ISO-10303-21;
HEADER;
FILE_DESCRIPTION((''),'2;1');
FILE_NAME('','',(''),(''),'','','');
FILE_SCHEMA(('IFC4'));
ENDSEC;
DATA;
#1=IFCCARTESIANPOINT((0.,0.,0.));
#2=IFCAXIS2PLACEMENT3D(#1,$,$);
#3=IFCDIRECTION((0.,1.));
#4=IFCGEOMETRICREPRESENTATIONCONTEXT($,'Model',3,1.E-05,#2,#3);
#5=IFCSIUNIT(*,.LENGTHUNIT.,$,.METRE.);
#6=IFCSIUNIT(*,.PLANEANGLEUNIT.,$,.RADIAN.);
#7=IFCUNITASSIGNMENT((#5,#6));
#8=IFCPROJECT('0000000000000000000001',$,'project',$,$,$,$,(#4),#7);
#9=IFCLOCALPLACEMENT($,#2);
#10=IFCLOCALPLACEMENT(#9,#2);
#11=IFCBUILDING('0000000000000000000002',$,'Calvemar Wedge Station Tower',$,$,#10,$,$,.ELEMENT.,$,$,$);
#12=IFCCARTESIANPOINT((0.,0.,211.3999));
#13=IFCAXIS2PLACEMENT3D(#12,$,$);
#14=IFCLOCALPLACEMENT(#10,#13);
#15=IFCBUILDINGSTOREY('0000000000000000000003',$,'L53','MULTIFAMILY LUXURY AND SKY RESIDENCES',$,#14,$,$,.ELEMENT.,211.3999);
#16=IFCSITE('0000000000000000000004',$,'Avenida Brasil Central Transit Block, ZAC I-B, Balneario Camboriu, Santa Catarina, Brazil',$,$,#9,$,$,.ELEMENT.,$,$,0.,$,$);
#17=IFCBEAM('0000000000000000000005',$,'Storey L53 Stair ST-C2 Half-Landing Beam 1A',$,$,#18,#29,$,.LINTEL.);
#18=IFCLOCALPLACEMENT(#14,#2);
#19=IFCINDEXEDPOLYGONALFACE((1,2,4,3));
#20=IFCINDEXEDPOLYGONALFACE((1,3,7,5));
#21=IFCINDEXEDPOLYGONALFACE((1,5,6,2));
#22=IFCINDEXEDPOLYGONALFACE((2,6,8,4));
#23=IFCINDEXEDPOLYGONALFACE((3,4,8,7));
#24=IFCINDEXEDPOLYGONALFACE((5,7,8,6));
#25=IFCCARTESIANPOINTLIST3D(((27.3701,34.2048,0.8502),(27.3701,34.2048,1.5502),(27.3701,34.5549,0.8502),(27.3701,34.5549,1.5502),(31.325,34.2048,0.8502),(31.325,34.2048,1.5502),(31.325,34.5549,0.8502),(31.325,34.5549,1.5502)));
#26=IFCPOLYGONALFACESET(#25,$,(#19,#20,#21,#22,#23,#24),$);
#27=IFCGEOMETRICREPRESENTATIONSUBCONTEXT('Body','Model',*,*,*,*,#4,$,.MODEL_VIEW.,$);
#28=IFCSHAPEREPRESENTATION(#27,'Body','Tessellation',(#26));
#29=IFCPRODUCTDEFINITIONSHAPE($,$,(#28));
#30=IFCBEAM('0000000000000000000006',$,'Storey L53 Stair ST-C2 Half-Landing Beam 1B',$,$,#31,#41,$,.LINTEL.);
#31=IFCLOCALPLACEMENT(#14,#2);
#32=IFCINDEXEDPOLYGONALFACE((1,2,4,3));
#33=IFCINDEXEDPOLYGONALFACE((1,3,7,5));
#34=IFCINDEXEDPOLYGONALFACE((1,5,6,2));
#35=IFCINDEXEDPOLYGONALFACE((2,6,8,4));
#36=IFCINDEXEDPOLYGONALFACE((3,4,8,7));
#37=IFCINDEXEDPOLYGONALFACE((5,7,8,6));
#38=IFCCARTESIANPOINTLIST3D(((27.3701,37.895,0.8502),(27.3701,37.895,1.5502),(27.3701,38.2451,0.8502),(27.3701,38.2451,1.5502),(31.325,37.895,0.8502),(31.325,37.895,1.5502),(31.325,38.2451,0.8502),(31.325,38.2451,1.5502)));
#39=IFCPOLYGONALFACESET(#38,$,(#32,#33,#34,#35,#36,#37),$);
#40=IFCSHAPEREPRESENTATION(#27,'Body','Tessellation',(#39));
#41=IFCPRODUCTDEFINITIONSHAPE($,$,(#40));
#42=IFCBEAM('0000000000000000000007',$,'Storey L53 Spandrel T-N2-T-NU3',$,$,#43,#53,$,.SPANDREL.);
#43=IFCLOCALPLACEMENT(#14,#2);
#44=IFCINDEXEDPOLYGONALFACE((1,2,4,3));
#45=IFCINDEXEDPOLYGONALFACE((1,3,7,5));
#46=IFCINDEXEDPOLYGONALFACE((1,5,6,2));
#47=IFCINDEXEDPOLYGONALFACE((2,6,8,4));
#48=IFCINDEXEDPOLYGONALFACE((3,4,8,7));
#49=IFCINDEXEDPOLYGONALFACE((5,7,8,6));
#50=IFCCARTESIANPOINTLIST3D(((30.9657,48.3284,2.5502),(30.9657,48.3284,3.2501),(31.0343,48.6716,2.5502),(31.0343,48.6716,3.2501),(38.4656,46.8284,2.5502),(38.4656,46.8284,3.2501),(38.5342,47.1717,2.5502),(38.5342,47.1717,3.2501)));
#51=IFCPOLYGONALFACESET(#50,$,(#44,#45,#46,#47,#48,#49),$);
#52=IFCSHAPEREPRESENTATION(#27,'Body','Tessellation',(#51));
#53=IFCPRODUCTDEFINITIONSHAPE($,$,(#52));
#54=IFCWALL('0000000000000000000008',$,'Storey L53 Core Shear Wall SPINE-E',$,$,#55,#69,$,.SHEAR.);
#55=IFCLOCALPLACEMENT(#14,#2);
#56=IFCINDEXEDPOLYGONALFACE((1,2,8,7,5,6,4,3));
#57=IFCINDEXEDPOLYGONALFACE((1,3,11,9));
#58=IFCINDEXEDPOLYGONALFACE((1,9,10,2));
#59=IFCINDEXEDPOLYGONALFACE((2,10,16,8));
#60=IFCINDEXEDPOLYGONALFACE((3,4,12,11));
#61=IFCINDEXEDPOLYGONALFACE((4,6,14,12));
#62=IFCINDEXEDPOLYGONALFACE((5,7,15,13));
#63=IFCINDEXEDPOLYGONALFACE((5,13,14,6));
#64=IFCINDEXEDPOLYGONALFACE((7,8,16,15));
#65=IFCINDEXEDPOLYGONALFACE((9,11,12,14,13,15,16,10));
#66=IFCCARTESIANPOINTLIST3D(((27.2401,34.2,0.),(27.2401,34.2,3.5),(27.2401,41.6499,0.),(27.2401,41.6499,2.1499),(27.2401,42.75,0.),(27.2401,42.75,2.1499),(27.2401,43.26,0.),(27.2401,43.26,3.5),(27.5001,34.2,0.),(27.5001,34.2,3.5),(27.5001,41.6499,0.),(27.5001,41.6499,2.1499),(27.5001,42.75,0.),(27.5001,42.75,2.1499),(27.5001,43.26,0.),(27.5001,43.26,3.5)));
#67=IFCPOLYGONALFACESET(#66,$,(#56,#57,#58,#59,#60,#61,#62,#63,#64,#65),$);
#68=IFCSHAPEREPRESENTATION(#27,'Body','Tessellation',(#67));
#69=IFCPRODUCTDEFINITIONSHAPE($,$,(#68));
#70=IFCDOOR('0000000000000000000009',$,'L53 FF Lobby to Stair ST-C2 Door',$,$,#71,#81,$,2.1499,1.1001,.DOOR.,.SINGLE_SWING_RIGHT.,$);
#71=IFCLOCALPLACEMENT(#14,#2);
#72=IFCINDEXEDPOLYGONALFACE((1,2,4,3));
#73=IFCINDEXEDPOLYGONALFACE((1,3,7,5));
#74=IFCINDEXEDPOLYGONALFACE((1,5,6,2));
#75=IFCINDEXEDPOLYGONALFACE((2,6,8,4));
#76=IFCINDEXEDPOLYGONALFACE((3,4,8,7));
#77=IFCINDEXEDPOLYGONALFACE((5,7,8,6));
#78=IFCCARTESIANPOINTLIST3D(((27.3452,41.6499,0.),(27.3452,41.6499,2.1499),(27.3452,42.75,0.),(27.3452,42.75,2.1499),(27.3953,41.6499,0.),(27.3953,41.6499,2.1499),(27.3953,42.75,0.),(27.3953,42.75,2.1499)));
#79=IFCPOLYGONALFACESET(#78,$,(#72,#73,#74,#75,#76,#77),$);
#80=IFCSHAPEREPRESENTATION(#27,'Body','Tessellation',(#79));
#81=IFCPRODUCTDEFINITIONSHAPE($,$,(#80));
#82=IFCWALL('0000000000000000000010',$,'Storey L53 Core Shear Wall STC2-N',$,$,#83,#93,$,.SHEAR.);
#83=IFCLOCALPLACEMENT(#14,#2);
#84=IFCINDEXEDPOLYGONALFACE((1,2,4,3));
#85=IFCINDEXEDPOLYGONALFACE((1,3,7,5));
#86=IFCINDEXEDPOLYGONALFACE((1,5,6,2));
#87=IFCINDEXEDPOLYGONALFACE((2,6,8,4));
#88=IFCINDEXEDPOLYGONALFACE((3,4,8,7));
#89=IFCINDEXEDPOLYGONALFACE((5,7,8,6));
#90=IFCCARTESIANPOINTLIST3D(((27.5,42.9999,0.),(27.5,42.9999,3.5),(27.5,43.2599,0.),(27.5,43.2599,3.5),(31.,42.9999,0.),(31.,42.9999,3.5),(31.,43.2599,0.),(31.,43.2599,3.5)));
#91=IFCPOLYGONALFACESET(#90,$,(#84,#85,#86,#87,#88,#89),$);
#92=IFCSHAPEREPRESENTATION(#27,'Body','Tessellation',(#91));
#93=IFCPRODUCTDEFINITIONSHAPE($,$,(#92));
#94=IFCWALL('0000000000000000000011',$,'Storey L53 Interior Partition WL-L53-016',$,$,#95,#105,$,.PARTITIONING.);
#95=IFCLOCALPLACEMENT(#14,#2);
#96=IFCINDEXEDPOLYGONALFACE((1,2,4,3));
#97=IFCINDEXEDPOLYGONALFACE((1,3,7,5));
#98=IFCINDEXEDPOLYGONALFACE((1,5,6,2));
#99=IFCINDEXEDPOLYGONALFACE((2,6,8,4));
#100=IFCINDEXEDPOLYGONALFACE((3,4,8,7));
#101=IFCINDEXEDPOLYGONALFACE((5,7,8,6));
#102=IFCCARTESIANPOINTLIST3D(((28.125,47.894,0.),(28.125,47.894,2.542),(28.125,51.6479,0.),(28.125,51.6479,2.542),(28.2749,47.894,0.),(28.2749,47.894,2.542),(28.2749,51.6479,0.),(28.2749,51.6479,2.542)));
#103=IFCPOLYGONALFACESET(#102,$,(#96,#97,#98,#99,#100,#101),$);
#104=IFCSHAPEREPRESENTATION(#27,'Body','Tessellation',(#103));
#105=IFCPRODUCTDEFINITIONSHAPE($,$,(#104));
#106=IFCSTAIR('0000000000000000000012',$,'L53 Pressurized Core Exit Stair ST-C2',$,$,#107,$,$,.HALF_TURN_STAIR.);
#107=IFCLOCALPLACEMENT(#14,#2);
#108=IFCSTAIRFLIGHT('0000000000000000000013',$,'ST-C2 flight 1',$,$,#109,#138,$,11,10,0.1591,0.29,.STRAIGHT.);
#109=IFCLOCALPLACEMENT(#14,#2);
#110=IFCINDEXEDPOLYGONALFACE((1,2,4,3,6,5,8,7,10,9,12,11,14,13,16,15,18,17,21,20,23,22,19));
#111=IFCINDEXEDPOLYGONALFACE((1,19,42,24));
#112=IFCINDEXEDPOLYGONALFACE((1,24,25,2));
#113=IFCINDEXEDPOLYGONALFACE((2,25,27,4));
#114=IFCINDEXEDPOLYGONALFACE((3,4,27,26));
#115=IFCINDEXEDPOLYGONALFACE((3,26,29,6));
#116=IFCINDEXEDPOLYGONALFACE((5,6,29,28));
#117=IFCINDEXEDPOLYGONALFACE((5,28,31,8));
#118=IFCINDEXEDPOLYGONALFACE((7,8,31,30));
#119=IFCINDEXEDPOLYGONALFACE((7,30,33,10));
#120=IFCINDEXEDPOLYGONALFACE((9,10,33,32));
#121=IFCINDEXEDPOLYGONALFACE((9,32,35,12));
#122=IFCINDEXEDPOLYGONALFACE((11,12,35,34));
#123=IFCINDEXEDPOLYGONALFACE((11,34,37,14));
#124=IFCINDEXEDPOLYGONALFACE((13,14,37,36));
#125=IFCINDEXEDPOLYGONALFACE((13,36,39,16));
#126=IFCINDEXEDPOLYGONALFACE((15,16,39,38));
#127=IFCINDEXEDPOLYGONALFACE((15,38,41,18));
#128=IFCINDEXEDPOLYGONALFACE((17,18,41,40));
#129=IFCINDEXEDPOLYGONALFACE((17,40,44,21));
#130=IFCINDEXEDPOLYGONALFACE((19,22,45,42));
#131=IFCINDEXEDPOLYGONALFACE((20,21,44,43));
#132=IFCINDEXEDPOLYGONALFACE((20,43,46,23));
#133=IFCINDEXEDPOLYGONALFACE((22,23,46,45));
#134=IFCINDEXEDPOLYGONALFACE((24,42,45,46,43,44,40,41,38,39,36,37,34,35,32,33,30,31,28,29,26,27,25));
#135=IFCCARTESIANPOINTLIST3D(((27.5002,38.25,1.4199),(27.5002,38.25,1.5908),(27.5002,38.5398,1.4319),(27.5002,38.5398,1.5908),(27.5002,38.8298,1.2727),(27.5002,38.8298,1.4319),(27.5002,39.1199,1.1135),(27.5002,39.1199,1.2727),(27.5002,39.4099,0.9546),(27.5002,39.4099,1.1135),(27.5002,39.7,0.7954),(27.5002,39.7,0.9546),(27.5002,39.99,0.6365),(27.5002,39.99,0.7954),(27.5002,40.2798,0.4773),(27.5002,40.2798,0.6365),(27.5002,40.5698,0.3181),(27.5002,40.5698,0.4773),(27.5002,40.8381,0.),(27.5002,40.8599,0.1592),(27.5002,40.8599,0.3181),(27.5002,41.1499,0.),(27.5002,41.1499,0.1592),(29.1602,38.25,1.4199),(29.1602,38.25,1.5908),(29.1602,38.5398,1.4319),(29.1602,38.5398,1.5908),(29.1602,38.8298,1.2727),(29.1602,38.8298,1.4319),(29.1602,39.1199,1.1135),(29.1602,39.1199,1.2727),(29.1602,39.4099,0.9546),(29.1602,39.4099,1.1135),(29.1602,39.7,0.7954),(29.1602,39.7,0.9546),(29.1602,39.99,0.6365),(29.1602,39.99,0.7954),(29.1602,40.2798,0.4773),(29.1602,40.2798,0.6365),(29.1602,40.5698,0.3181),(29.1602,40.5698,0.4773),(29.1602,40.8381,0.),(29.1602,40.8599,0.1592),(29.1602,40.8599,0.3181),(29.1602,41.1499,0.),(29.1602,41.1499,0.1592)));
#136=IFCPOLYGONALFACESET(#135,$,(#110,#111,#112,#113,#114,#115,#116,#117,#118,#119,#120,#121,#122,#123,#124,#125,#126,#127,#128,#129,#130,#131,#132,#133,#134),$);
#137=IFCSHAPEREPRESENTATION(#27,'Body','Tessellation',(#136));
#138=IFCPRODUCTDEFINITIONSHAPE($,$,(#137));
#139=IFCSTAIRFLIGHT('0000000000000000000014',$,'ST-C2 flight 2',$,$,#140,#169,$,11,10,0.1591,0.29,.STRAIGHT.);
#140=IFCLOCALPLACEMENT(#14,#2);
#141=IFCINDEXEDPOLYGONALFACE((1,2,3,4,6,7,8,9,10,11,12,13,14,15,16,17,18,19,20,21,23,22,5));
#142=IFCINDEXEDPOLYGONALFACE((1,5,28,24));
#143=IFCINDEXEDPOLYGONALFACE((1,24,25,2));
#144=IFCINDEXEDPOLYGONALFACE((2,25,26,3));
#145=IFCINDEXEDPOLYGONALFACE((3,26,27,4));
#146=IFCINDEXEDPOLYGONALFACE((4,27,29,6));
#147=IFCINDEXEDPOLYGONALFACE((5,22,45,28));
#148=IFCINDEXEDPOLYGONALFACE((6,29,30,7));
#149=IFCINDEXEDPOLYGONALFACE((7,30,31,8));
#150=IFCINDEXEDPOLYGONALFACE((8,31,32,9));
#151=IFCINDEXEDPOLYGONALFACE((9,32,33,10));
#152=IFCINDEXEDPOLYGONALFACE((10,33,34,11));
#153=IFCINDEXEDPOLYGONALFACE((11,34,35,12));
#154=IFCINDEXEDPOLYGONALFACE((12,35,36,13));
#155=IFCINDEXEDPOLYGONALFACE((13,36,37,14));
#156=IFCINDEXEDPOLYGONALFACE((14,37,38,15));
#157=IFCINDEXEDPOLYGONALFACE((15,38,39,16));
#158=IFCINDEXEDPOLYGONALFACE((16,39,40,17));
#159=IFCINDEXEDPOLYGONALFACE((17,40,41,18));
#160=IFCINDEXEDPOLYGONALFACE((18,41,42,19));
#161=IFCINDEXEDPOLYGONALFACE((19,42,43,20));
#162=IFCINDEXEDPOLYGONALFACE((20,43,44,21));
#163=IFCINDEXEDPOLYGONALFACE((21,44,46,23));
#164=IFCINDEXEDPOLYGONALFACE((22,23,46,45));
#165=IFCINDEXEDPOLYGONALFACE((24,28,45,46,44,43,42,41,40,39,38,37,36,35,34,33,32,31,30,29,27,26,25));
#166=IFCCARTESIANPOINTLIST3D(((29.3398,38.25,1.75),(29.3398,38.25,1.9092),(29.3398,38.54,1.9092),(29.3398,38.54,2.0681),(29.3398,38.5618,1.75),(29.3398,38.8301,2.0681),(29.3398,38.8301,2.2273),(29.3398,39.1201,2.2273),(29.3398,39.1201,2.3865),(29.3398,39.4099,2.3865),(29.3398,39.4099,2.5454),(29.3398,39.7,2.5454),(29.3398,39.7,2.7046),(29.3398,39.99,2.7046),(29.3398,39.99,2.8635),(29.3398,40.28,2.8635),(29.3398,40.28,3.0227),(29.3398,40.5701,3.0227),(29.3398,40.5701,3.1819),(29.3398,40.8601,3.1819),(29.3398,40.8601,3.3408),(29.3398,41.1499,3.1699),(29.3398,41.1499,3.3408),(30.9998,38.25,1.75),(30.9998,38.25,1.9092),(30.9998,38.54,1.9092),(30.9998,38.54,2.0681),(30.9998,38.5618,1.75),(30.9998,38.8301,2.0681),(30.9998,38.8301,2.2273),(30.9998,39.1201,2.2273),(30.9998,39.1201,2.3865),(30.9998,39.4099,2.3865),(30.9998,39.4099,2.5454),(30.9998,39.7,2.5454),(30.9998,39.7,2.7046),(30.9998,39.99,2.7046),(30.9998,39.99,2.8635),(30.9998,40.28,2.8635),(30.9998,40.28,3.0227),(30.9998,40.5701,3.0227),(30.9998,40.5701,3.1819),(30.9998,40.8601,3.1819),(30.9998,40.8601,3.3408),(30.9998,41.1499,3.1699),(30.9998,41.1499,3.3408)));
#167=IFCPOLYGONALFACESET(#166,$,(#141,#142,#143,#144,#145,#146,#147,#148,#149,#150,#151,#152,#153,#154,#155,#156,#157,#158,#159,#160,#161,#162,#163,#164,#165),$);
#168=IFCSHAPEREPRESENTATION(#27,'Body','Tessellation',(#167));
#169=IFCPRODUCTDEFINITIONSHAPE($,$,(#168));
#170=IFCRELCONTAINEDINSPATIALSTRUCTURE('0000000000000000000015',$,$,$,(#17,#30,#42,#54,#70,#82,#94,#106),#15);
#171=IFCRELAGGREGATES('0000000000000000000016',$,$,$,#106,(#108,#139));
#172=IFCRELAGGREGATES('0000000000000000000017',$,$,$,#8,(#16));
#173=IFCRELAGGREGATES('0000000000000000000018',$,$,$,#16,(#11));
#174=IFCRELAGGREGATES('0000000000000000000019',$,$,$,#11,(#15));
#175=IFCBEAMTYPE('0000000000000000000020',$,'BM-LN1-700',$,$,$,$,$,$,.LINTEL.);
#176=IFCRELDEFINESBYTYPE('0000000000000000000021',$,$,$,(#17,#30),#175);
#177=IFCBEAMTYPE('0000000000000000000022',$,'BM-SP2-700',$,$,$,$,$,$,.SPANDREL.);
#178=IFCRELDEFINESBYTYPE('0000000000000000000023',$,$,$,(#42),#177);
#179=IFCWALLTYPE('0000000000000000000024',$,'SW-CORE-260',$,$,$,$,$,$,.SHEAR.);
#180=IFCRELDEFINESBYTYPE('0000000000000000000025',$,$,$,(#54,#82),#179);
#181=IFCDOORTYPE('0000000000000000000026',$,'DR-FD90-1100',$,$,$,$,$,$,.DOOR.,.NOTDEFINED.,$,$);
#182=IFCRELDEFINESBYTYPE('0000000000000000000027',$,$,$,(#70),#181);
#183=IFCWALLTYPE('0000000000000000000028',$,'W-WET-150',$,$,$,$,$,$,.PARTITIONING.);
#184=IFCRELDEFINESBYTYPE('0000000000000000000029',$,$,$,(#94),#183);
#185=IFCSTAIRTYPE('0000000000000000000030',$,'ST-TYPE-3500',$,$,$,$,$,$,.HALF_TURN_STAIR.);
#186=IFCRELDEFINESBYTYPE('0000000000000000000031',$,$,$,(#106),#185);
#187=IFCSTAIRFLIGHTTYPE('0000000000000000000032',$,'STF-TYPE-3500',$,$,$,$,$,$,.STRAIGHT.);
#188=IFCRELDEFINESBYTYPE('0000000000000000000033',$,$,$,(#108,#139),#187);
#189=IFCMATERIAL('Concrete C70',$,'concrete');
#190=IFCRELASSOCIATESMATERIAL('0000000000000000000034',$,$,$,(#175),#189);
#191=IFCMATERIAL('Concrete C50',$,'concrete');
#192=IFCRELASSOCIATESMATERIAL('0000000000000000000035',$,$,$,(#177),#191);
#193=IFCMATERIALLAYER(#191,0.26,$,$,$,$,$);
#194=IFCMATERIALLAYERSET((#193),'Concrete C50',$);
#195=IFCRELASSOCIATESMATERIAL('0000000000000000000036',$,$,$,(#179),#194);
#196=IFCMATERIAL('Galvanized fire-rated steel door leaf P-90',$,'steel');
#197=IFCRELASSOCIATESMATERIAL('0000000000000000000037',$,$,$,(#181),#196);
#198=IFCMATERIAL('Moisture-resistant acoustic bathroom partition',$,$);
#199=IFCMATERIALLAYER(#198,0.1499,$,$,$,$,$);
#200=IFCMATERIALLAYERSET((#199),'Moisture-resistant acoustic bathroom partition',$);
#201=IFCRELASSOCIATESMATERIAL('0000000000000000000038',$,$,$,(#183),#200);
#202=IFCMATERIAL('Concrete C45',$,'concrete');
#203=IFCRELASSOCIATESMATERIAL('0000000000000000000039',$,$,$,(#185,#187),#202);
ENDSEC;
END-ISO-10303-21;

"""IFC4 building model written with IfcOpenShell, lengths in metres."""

from ifc_helpers import new_model, si_unit, direction, frame, frame_2d, origin, origin_2d, place, context, subcontext, project, spatial, polyline, rectangle, outline, extrude, source, transform, mapped, material, layer, layer_set, material_profile, profile_set, type_object, element, fill, aggregate, save


model = new_model("IFC4")

# Units and contexts
model_context = context("Model", 3, precision=1e-05, world=origin(), true_north=direction((0.0, 1.0)))
body_context = subcontext(model_context, "Body", "Model", "MODEL_VIEW")
ifc_project = project(units=[si_unit("LENGTHUNIT", "METRE"), si_unit("PLANEANGLEUNIT", "RADIAN")], contexts=[model_context])

# Site, building, storey
site_placement = place(None, origin())
site = spatial("IfcSite", under=ifc_project, at=site_placement, Name="Avenida Brasil Central Transit Block, ZAC I-B, Balneario Camboriu, Santa Catarina, Brazil", CompositionType="ELEMENT", RefElevation=0.0)
building_placement = place(site_placement, origin())
building = spatial("IfcBuilding", under=site, at=building_placement, Name="Calvemar Wedge Station Tower", CompositionType="ELEMENT")
storey_placement = place(building_placement, frame((0.0, 0.0, 211.3999)))
storey = spatial("IfcBuildingStorey", under=building, at=storey_placement, Name="L53", Description="MULTIFAMILY LUXURY AND SKY RESIDENCES", CompositionType="ELEMENT", Elevation=211.3999)

# Shared definitions
ifc_material_1 = material(Name="Concrete C50", Category="concrete")

# Beams
ifc_material_2 = material(Name="Concrete C70", Category="concrete")
ifc_material_profile_1 = material_profile(ifc_material_2, rectangle(XDim=0.3501, YDim=0.7, at=origin_2d()), Name="RC350x700")
ifc_profile_set_1 = profile_set([ifc_material_profile_1], Name="Concrete C70")
beam_type_1 = type_object("IfcBeamType", Name="BM-LN1-700", PredefinedType="LINTEL", material=ifc_profile_set_1)
shared_shape_1 = source(origin(), body_context, "Body", "SweptSolid", [
    extrude(rectangle(XDim=0.3501, YDim=0.7, at=origin_2d()), origin(), (0.0, 0.0, 1.0), 3.9548),
])
for number, where, z_axis, x_axis, name in (
    (1, (27.3701, 34.3799, 1.2002), (1.0, 0.0, 0.0), (0.0, 1.0, 0.0), "Storey L53 Stair ST-C2 Half-Landing Beam 1A"),
    (2, (27.3701, 38.0701, 1.2002), (1.0, 0.0, 0.0), (0.0, 1.0, 0.0), "Storey L53 Stair ST-C2 Half-Landing Beam 1B"),
):
    element("IfcBeam", number, at=place(storey_placement, frame(where, z_axis=z_axis, x_axis=x_axis)), inside=storey, type_object=beam_type_1, Name=name, PredefinedType="LINTEL", context=body_context, shape_type="MappedRepresentation", body=[
        mapped(shared_shape_1, transform((0.0, 0.0, 0.0), scale=1.0)),
    ])
ifc_material_profile_2 = material_profile(ifc_material_1, rectangle(XDim=0.3501, YDim=0.7, at=origin_2d()), Name="RC350x700")
ifc_profile_set_2 = profile_set([ifc_material_profile_2], Name="Concrete C50")
beam_type_2 = type_object("IfcBeamType", Name="BM-SP2-700", PredefinedType="SPANDREL", material=ifc_profile_set_2)
shared_shape_2 = source(origin(), body_context, "Body", "SweptSolid", [
    extrude(rectangle(XDim=0.3501, YDim=0.7, at=origin_2d()), origin(), (0.0, 0.0, 1.0), 7.6484),
])
beam_1_placement = place(storey_placement, frame((31.0, 48.5, 2.9001), z_axis=(0.980581, -0.196116, 0.0), x_axis=(0.196116, 0.980581, 0.0)))
element("IfcBeam", 3, at=beam_1_placement, inside=storey, type_object=beam_type_2, Name="Storey L53 Spandrel T-N2-T-NU3", PredefinedType="SPANDREL", context=body_context, shape_type="MappedRepresentation", body=[
    mapped(shared_shape_2, transform((0.0, 0.0, 0.0), scale=1.0)),
])

# Wall, opening, door
ifc_layer_1 = layer(ifc_material_1, 0.26)
ifc_layer_set_1 = layer_set([ifc_layer_1], Name="Concrete C50")
wall_type_1 = type_object("IfcWallType", Name="SW-CORE-260", PredefinedType="SHEAR", material=ifc_layer_set_1)
wall_1_placement = place(storey_placement, frame((27.3701, 34.2, 0.0), z_axis=(0.0, 0.0, 1.0), x_axis=(0.0, 1.0, 0.0)))
wall_1 = element("IfcWall", 4, at=wall_1_placement, inside=storey, type_object=wall_type_1, Name="Storey L53 Core Shear Wall SPINE-E", PredefinedType="SHEAR", context=body_context, shape_type="SweptSolid", body=[
    extrude(rectangle(XDim=9.0601, YDim=0.26, at=frame_2d((4.53, 0.0))), origin(), (0.0, 0.0, 1.0), 3.5),
])
shared_shape_3 = source(origin(), body_context, "Body", "SweptSolid", [
    extrude(rectangle(XDim=1.1001, YDim=2.1499, at=frame_2d((0.55, 1.075))), frame((0.0, 0.1401, 0.0), z_axis=(0.0, -1.0, 0.0), x_axis=(1.0, 0.0, 0.0)), (0.0, 0.0, 1.0), 0.28),
])
opening_1_placement = place(wall_1_placement, frame((7.45, 0.0, 0.0)))
opening_1 = element("IfcOpeningElement", 5, at=opening_1_placement, cuts=wall_1, PredefinedType="OPENING", context=body_context, shape_type="MappedRepresentation", body=[
    mapped(shared_shape_3, transform((0.0, 0.0, 0.0), scale=1.0)),
])
ifc_material_3 = material(Name="Galvanized fire-rated steel door leaf P-90", Category="steel")
door_type_1 = type_object("IfcDoorType", Name="DR-FD90-1100", OperationType="NOTDEFINED", PredefinedType="DOOR", material=ifc_material_3)
shared_shape_4 = source(origin(), body_context, "Body", "SweptSolid", [
    extrude(rectangle(XDim=1.1001, YDim=2.1499, at=frame_2d((0.55, 1.075))), frame((0.0, 0.0249, 0.0), z_axis=(0.0, -1.0, 0.0), x_axis=(1.0, 0.0, 0.0)), (0.0, 0.0, 1.0), 0.05),
])
door_1_placement = place(opening_1_placement, origin())
door_1 = element("IfcDoor", 6, at=door_1_placement, inside=storey, type_object=door_type_1, Name="L53 FF Lobby to Stair ST-C2 Door", OperationType="SINGLE_SWING_RIGHT", OverallHeight=2.1499, OverallWidth=1.1001, PredefinedType="DOOR", context=body_context, shape_type="MappedRepresentation", body=[
    mapped(shared_shape_4, transform((0.0, 0.0, 0.0), scale=1.0)),
])
fill(opening_1, door_1)

# Wall
wall_2_placement = place(storey_placement, frame((27.5, 43.1299, 0.0), z_axis=(0.0, 0.0, 1.0), x_axis=(1.0, 0.0, 0.0)))
element("IfcWall", 7, at=wall_2_placement, inside=storey, type_object=wall_type_1, Name="Storey L53 Core Shear Wall STC2-N", PredefinedType="SHEAR", context=body_context, shape_type="SweptSolid", body=[
    extrude(rectangle(XDim=3.5, YDim=0.26, at=frame_2d((1.75, 0.0))), origin(), (0.0, 0.0, 1.0), 3.5),
])

# Wall
ifc_material_4 = material(Name="Moisture-resistant acoustic bathroom partition")
ifc_layer_2 = layer(ifc_material_4, 0.1499)
ifc_layer_set_2 = layer_set([ifc_layer_2], Name="Moisture-resistant acoustic bathroom partition")
wall_type_2 = type_object("IfcWallType", Name="W-WET-150", PredefinedType="PARTITIONING", material=ifc_layer_set_2)
wall_3_placement = place(storey_placement, frame((28.2, 51.6479, 0.0), z_axis=(0.0, 0.0, 1.0), x_axis=(0.0, -1.0, 0.0)))
element("IfcWall", 8, at=wall_3_placement, inside=storey, type_object=wall_type_2, Name="Storey L53 Interior Partition WL-L53-016", PredefinedType="PARTITIONING", context=body_context, shape_type="SweptSolid", body=[
    extrude(rectangle(XDim=3.7539, YDim=0.1499, at=frame_2d((1.877, 0.0))), origin(), (0.0, 0.0, 1.0), 2.542),
])

# Stair, stair flights
ifc_material_5 = material(Name="Concrete C45", Category="concrete")
stair_type = type_object("IfcStairType", Name="ST-TYPE-3500", PredefinedType="HALF_TURN_STAIR", material=ifc_material_5)
stair_placement = place(storey_placement, origin())
stair = element("IfcStair", 9, at=stair_placement, inside=storey, type_object=stair_type, Name="L53 Pressurized Core Exit Stair ST-C2", PredefinedType="HALF_TURN_STAIR")
stair_flight_type = type_object("IfcStairFlightType", Name="STF-TYPE-3500", PredefinedType="STRAIGHT", material=ifc_material_5)
stair_flight_1_placement = place(storey_placement, frame((28.3301, 41.1499, 0.0), z_axis=(0.0, 0.0, 1.0), x_axis=(0.0, -1.0, 0.0)))
stair_flight_1 = element("IfcStairFlight", 10, at=stair_flight_1_placement, type_object=stair_flight_type, Name="ST-C2 flight 1", NumberOfRisers=11, NumberOfTreads=10, PredefinedType="STRAIGHT", RiserHeight=0.1591, TreadLength=0.29, context=body_context, shape_type="SweptSolid", body=[
    extrude(outline(polyline([(0.0, 0.0), (0.0, 0.1592), (0.29, 0.1592), (0.29, 0.3181), (0.5801, 0.3181), (0.5801, 0.4773), (0.8701, 0.4773), (0.8701, 0.6365), (1.1599, 0.6365), (1.1599, 0.7954), (1.45, 0.7954), (1.45, 0.9546), (1.74, 0.9546), (1.74, 1.1135), (2.03, 1.1135), (2.03, 1.2727), (2.3201, 1.2727), (2.3201, 1.4319), (2.6101, 1.4319), (2.6101, 1.5908), (2.8999, 1.5908), (2.8999, 1.75), (2.8999, 1.4199), (0.3118, 0.0), (0.0, 0.0)])), frame((0.0, 0.8301, 0.0), z_axis=(0.0, -1.0, 0.0), x_axis=(1.0, 0.0, 0.0)), (0.0, 0.0, 1.0), 1.6599),
])
stair_flight_2_placement = place(storey_placement, frame((30.1699, 38.25, 1.75), z_axis=(0.0, 0.0, 1.0), x_axis=(0.0, 1.0, 0.0)))
stair_flight_2 = element("IfcStairFlight", 11, at=stair_flight_2_placement, type_object=stair_flight_type, Name="ST-C2 flight 2", NumberOfRisers=11, NumberOfTreads=10, PredefinedType="STRAIGHT", RiserHeight=0.1591, TreadLength=0.29, context=body_context, shape_type="SweptSolid", body=[
    extrude(outline(polyline([(0.0, 0.0), (0.0, 0.1592), (0.29, 0.1592), (0.29, 0.3181), (0.5801, 0.3181), (0.5801, 0.4773), (0.8701, 0.4773), (0.8701, 0.6365), (1.1599, 0.6365), (1.1599, 0.7954), (1.45, 0.7954), (1.45, 0.9546), (1.74, 0.9546), (1.74, 1.1135), (2.03, 1.1135), (2.03, 1.2727), (2.3201, 1.2727), (2.3201, 1.4319), (2.6101, 1.4319), (2.6101, 1.5908), (2.8999, 1.5908), (2.8999, 1.75), (2.8999, 1.4199), (0.3118, 0.0), (0.0, 0.0)])), frame((0.0, 0.8301, 0.0), z_axis=(0.0, -1.0, 0.0), x_axis=(1.0, 0.0, 0.0)), (0.0, 0.0, 1.0), 1.6599),
])
aggregate(stair, [stair_flight_1, stair_flight_2])

save(model, "model.ifc")
